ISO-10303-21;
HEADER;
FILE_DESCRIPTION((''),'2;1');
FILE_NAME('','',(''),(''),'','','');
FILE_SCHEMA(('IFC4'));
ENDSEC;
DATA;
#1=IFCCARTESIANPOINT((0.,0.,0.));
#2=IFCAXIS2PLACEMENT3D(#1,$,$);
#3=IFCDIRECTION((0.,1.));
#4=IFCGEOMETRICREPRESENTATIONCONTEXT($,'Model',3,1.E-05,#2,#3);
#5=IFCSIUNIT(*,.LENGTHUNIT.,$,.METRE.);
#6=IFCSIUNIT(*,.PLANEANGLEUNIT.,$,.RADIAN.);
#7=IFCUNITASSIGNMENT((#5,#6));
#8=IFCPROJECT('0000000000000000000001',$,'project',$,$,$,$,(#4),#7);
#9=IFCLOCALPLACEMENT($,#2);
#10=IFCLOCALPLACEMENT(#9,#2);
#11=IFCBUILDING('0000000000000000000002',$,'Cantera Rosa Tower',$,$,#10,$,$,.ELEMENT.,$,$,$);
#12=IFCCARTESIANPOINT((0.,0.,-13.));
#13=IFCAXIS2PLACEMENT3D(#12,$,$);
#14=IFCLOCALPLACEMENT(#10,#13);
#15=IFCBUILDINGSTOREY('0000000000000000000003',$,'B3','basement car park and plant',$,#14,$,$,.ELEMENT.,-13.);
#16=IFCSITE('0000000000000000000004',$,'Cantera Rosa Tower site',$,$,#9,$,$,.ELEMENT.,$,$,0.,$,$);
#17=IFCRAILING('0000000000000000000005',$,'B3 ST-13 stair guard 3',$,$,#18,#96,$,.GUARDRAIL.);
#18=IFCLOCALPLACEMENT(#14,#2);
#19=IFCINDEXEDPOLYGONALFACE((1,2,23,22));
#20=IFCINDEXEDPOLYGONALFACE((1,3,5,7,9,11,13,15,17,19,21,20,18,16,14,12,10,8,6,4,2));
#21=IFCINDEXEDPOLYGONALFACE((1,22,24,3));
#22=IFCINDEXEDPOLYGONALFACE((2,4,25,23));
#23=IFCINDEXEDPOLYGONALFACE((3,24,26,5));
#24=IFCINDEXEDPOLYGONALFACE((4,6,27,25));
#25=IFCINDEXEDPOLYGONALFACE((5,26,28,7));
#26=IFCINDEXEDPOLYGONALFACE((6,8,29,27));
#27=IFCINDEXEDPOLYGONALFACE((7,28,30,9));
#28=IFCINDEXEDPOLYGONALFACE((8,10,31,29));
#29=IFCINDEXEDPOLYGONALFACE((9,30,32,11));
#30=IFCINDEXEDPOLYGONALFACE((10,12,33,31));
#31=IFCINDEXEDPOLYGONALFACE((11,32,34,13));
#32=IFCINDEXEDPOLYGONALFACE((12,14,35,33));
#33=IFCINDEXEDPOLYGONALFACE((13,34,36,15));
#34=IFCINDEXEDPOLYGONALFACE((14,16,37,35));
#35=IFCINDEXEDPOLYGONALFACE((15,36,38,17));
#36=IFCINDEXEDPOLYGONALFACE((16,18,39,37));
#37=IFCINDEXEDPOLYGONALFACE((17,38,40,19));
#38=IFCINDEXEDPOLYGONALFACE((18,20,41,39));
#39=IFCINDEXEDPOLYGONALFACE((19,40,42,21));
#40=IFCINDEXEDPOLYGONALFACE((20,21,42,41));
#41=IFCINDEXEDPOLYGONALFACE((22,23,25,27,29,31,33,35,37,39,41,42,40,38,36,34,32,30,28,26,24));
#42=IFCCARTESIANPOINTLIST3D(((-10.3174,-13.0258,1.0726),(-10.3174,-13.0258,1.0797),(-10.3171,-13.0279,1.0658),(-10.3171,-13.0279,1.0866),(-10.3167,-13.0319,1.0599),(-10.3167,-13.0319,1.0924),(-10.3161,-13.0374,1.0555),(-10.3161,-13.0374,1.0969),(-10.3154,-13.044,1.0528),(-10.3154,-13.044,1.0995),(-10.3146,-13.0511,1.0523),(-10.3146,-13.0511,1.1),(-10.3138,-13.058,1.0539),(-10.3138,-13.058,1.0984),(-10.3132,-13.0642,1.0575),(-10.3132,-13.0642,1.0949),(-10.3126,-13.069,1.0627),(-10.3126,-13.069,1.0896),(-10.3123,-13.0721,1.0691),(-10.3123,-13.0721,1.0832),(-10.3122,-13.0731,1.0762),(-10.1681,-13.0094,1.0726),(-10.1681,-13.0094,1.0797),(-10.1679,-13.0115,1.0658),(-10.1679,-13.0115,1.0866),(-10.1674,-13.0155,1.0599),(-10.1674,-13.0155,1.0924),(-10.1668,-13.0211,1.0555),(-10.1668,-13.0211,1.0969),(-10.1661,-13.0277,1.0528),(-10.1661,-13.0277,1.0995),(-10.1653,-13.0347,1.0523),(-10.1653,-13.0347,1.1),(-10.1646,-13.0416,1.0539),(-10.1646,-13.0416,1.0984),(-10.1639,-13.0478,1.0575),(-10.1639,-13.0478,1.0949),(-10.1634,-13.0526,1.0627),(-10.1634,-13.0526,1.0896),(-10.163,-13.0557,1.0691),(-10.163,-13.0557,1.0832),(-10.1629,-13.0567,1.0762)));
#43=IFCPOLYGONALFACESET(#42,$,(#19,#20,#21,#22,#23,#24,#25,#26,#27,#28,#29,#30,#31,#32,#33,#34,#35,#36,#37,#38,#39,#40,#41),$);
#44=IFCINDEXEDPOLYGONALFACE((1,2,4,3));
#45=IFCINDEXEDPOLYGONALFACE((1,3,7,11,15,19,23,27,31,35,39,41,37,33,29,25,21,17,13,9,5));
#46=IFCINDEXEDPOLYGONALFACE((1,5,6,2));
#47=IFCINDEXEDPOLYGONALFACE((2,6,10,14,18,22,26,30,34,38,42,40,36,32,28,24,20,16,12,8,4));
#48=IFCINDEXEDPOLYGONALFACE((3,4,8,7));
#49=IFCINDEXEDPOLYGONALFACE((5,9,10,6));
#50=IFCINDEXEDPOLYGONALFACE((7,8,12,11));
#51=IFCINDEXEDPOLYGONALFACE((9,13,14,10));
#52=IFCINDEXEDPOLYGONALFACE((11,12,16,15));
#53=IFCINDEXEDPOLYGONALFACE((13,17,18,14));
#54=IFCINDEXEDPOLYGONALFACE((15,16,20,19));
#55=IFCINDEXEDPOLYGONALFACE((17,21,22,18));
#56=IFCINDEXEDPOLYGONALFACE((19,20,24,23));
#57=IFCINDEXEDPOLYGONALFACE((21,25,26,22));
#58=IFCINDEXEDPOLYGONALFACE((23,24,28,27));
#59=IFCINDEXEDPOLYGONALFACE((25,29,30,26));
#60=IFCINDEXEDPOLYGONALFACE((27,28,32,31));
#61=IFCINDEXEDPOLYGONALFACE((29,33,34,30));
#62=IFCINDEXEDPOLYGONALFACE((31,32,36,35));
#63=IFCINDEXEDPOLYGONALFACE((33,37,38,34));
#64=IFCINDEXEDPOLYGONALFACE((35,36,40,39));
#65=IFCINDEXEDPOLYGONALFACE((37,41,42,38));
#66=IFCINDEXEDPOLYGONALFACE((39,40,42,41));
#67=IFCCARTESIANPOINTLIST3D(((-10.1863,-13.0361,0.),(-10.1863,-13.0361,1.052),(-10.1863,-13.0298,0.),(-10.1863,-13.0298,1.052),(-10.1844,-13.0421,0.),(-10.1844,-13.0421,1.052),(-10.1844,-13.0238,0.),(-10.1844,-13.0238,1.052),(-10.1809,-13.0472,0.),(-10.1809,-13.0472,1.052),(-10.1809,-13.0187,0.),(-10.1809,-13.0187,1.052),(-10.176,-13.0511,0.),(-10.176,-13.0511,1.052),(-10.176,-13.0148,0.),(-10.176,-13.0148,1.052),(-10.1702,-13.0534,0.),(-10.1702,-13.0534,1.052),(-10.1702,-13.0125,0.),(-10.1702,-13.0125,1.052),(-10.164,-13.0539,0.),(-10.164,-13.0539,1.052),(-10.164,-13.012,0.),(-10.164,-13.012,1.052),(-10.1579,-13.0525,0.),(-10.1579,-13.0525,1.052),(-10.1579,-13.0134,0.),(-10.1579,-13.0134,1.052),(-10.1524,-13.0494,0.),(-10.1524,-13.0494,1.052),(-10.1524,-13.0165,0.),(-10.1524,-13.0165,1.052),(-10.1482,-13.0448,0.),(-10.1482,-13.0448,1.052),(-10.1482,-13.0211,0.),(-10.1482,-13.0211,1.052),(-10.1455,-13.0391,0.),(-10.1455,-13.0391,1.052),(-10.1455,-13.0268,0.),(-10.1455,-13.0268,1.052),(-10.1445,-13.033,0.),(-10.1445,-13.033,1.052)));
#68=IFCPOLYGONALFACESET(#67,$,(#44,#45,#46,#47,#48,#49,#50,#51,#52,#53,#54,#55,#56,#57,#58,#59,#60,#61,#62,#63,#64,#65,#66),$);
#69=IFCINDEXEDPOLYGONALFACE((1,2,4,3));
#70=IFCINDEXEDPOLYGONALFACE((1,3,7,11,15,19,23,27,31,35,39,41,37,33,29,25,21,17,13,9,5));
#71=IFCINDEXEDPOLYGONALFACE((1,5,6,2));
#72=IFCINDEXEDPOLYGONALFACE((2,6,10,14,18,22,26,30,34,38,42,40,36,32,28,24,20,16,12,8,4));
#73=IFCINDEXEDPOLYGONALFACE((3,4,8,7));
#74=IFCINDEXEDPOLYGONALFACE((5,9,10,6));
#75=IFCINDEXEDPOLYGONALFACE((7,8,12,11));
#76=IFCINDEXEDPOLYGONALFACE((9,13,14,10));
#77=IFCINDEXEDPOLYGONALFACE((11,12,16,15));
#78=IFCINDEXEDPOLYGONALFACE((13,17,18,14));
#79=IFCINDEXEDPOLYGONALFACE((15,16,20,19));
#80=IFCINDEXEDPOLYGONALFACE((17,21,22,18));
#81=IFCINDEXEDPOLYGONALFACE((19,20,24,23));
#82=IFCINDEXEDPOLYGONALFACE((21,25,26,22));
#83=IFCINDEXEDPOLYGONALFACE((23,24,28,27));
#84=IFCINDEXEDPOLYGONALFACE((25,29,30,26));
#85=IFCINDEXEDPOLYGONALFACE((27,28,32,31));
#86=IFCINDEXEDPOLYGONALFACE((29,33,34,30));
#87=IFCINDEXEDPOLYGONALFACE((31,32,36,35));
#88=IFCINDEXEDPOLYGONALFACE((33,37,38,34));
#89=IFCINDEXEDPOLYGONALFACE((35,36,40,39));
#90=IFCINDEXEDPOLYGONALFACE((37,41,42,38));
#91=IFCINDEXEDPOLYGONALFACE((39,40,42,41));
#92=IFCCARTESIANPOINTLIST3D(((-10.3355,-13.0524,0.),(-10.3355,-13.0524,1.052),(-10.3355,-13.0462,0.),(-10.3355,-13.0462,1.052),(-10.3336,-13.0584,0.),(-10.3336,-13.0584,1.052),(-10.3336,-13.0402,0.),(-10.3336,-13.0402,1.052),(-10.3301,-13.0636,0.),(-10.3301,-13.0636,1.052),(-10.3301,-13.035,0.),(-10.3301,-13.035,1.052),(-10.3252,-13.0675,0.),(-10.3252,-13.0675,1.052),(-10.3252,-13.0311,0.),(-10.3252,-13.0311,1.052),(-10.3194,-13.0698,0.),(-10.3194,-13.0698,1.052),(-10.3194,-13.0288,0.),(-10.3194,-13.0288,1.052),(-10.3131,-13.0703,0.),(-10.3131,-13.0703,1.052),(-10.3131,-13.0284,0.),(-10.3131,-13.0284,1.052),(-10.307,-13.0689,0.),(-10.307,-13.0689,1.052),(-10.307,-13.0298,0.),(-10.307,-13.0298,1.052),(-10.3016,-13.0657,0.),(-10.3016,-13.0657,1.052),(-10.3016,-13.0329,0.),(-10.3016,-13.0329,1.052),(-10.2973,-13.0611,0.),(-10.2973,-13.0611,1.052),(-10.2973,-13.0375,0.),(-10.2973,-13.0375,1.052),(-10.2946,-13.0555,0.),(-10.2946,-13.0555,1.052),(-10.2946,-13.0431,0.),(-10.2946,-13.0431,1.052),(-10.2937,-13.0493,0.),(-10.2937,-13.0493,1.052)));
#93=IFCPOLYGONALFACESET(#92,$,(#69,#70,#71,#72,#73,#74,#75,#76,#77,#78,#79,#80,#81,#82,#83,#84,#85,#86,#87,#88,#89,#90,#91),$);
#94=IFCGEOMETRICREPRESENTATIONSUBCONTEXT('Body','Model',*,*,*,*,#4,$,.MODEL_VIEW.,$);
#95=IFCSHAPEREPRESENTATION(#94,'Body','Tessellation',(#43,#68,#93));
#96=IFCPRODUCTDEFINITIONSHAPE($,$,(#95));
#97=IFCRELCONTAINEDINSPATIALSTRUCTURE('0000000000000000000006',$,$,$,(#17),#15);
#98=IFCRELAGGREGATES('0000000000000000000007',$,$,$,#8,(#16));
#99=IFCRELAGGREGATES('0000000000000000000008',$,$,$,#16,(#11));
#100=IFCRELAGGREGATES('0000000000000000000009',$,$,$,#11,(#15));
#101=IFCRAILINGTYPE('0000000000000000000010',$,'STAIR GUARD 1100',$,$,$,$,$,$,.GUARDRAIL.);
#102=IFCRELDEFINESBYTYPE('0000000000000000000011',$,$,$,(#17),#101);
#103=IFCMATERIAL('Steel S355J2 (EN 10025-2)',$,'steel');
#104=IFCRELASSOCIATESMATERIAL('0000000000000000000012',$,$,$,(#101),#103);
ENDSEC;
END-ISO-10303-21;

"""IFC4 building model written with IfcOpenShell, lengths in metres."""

from ifc_helpers import new_model, si_unit, direction, frame, origin, origin_2d, place, context, subcontext, project, spatial, circle, extrude, material, type_object, element, save


model = new_model("IFC4")

# Units and contexts
model_context = context("Model", 3, precision=1e-05, world=origin(), true_north=direction((0.0, 1.0)))
body_context = subcontext(model_context, "Body", "Model", "MODEL_VIEW")
ifc_project = project(units=[si_unit("LENGTHUNIT", "METRE"), si_unit("PLANEANGLEUNIT", "RADIAN")], contexts=[model_context])

# Site, building, storey
site_placement = place(None, origin())
site = spatial("IfcSite", under=ifc_project, at=site_placement, Name="Cantera Rosa Tower site", CompositionType="ELEMENT", RefElevation=0.0)
building_placement = place(site_placement, origin())
building = spatial("IfcBuilding", under=site, at=building_placement, Name="Cantera Rosa Tower", CompositionType="ELEMENT")
storey_placement = place(building_placement, frame((0.0, 0.0, -13.0)))
storey = spatial("IfcBuildingStorey", under=building, at=storey_placement, Name="B3", Description="basement car park and plant", CompositionType="ELEMENT", Elevation=-13.0)

# Railing
ifc_material_1 = material(Name="Steel S355J2 (EN 10025-2)", Category="steel")
railing_type_1 = type_object("IfcRailingType", Name="STAIR GUARD 1100", PredefinedType="GUARDRAIL", material=ifc_material_1)
railing_1_placement = place(storey_placement, frame((-10.1655, -13.033, 0.0)))
element("IfcRailing", 1, at=railing_1_placement, inside=storey, type_object=railing_type_1, Name="B3 ST-13 stair guard 3", PredefinedType="GUARDRAIL", context=body_context, shape_type="SweptSolid", body=[
    extrude(circle(Radius=0.0239, at=origin_2d()), frame((0.0, 0.0, 1.0762), z_axis=(-0.994041, -0.109003, 0.0), x_axis=(0.109003, -0.994041, 0.0)), (0.0, 0.0, 1.0), 0.1501),
    extrude(circle(Radius=0.021, at=origin_2d()), origin(), (0.0, 0.0, 1.0), 1.052),
    extrude(circle(Radius=0.021, at=origin_2d()), frame((-0.1492, -0.0164, 0.0)), (0.0, 0.0, 1.0), 1.052),
])

save(model, "model.ifc")
